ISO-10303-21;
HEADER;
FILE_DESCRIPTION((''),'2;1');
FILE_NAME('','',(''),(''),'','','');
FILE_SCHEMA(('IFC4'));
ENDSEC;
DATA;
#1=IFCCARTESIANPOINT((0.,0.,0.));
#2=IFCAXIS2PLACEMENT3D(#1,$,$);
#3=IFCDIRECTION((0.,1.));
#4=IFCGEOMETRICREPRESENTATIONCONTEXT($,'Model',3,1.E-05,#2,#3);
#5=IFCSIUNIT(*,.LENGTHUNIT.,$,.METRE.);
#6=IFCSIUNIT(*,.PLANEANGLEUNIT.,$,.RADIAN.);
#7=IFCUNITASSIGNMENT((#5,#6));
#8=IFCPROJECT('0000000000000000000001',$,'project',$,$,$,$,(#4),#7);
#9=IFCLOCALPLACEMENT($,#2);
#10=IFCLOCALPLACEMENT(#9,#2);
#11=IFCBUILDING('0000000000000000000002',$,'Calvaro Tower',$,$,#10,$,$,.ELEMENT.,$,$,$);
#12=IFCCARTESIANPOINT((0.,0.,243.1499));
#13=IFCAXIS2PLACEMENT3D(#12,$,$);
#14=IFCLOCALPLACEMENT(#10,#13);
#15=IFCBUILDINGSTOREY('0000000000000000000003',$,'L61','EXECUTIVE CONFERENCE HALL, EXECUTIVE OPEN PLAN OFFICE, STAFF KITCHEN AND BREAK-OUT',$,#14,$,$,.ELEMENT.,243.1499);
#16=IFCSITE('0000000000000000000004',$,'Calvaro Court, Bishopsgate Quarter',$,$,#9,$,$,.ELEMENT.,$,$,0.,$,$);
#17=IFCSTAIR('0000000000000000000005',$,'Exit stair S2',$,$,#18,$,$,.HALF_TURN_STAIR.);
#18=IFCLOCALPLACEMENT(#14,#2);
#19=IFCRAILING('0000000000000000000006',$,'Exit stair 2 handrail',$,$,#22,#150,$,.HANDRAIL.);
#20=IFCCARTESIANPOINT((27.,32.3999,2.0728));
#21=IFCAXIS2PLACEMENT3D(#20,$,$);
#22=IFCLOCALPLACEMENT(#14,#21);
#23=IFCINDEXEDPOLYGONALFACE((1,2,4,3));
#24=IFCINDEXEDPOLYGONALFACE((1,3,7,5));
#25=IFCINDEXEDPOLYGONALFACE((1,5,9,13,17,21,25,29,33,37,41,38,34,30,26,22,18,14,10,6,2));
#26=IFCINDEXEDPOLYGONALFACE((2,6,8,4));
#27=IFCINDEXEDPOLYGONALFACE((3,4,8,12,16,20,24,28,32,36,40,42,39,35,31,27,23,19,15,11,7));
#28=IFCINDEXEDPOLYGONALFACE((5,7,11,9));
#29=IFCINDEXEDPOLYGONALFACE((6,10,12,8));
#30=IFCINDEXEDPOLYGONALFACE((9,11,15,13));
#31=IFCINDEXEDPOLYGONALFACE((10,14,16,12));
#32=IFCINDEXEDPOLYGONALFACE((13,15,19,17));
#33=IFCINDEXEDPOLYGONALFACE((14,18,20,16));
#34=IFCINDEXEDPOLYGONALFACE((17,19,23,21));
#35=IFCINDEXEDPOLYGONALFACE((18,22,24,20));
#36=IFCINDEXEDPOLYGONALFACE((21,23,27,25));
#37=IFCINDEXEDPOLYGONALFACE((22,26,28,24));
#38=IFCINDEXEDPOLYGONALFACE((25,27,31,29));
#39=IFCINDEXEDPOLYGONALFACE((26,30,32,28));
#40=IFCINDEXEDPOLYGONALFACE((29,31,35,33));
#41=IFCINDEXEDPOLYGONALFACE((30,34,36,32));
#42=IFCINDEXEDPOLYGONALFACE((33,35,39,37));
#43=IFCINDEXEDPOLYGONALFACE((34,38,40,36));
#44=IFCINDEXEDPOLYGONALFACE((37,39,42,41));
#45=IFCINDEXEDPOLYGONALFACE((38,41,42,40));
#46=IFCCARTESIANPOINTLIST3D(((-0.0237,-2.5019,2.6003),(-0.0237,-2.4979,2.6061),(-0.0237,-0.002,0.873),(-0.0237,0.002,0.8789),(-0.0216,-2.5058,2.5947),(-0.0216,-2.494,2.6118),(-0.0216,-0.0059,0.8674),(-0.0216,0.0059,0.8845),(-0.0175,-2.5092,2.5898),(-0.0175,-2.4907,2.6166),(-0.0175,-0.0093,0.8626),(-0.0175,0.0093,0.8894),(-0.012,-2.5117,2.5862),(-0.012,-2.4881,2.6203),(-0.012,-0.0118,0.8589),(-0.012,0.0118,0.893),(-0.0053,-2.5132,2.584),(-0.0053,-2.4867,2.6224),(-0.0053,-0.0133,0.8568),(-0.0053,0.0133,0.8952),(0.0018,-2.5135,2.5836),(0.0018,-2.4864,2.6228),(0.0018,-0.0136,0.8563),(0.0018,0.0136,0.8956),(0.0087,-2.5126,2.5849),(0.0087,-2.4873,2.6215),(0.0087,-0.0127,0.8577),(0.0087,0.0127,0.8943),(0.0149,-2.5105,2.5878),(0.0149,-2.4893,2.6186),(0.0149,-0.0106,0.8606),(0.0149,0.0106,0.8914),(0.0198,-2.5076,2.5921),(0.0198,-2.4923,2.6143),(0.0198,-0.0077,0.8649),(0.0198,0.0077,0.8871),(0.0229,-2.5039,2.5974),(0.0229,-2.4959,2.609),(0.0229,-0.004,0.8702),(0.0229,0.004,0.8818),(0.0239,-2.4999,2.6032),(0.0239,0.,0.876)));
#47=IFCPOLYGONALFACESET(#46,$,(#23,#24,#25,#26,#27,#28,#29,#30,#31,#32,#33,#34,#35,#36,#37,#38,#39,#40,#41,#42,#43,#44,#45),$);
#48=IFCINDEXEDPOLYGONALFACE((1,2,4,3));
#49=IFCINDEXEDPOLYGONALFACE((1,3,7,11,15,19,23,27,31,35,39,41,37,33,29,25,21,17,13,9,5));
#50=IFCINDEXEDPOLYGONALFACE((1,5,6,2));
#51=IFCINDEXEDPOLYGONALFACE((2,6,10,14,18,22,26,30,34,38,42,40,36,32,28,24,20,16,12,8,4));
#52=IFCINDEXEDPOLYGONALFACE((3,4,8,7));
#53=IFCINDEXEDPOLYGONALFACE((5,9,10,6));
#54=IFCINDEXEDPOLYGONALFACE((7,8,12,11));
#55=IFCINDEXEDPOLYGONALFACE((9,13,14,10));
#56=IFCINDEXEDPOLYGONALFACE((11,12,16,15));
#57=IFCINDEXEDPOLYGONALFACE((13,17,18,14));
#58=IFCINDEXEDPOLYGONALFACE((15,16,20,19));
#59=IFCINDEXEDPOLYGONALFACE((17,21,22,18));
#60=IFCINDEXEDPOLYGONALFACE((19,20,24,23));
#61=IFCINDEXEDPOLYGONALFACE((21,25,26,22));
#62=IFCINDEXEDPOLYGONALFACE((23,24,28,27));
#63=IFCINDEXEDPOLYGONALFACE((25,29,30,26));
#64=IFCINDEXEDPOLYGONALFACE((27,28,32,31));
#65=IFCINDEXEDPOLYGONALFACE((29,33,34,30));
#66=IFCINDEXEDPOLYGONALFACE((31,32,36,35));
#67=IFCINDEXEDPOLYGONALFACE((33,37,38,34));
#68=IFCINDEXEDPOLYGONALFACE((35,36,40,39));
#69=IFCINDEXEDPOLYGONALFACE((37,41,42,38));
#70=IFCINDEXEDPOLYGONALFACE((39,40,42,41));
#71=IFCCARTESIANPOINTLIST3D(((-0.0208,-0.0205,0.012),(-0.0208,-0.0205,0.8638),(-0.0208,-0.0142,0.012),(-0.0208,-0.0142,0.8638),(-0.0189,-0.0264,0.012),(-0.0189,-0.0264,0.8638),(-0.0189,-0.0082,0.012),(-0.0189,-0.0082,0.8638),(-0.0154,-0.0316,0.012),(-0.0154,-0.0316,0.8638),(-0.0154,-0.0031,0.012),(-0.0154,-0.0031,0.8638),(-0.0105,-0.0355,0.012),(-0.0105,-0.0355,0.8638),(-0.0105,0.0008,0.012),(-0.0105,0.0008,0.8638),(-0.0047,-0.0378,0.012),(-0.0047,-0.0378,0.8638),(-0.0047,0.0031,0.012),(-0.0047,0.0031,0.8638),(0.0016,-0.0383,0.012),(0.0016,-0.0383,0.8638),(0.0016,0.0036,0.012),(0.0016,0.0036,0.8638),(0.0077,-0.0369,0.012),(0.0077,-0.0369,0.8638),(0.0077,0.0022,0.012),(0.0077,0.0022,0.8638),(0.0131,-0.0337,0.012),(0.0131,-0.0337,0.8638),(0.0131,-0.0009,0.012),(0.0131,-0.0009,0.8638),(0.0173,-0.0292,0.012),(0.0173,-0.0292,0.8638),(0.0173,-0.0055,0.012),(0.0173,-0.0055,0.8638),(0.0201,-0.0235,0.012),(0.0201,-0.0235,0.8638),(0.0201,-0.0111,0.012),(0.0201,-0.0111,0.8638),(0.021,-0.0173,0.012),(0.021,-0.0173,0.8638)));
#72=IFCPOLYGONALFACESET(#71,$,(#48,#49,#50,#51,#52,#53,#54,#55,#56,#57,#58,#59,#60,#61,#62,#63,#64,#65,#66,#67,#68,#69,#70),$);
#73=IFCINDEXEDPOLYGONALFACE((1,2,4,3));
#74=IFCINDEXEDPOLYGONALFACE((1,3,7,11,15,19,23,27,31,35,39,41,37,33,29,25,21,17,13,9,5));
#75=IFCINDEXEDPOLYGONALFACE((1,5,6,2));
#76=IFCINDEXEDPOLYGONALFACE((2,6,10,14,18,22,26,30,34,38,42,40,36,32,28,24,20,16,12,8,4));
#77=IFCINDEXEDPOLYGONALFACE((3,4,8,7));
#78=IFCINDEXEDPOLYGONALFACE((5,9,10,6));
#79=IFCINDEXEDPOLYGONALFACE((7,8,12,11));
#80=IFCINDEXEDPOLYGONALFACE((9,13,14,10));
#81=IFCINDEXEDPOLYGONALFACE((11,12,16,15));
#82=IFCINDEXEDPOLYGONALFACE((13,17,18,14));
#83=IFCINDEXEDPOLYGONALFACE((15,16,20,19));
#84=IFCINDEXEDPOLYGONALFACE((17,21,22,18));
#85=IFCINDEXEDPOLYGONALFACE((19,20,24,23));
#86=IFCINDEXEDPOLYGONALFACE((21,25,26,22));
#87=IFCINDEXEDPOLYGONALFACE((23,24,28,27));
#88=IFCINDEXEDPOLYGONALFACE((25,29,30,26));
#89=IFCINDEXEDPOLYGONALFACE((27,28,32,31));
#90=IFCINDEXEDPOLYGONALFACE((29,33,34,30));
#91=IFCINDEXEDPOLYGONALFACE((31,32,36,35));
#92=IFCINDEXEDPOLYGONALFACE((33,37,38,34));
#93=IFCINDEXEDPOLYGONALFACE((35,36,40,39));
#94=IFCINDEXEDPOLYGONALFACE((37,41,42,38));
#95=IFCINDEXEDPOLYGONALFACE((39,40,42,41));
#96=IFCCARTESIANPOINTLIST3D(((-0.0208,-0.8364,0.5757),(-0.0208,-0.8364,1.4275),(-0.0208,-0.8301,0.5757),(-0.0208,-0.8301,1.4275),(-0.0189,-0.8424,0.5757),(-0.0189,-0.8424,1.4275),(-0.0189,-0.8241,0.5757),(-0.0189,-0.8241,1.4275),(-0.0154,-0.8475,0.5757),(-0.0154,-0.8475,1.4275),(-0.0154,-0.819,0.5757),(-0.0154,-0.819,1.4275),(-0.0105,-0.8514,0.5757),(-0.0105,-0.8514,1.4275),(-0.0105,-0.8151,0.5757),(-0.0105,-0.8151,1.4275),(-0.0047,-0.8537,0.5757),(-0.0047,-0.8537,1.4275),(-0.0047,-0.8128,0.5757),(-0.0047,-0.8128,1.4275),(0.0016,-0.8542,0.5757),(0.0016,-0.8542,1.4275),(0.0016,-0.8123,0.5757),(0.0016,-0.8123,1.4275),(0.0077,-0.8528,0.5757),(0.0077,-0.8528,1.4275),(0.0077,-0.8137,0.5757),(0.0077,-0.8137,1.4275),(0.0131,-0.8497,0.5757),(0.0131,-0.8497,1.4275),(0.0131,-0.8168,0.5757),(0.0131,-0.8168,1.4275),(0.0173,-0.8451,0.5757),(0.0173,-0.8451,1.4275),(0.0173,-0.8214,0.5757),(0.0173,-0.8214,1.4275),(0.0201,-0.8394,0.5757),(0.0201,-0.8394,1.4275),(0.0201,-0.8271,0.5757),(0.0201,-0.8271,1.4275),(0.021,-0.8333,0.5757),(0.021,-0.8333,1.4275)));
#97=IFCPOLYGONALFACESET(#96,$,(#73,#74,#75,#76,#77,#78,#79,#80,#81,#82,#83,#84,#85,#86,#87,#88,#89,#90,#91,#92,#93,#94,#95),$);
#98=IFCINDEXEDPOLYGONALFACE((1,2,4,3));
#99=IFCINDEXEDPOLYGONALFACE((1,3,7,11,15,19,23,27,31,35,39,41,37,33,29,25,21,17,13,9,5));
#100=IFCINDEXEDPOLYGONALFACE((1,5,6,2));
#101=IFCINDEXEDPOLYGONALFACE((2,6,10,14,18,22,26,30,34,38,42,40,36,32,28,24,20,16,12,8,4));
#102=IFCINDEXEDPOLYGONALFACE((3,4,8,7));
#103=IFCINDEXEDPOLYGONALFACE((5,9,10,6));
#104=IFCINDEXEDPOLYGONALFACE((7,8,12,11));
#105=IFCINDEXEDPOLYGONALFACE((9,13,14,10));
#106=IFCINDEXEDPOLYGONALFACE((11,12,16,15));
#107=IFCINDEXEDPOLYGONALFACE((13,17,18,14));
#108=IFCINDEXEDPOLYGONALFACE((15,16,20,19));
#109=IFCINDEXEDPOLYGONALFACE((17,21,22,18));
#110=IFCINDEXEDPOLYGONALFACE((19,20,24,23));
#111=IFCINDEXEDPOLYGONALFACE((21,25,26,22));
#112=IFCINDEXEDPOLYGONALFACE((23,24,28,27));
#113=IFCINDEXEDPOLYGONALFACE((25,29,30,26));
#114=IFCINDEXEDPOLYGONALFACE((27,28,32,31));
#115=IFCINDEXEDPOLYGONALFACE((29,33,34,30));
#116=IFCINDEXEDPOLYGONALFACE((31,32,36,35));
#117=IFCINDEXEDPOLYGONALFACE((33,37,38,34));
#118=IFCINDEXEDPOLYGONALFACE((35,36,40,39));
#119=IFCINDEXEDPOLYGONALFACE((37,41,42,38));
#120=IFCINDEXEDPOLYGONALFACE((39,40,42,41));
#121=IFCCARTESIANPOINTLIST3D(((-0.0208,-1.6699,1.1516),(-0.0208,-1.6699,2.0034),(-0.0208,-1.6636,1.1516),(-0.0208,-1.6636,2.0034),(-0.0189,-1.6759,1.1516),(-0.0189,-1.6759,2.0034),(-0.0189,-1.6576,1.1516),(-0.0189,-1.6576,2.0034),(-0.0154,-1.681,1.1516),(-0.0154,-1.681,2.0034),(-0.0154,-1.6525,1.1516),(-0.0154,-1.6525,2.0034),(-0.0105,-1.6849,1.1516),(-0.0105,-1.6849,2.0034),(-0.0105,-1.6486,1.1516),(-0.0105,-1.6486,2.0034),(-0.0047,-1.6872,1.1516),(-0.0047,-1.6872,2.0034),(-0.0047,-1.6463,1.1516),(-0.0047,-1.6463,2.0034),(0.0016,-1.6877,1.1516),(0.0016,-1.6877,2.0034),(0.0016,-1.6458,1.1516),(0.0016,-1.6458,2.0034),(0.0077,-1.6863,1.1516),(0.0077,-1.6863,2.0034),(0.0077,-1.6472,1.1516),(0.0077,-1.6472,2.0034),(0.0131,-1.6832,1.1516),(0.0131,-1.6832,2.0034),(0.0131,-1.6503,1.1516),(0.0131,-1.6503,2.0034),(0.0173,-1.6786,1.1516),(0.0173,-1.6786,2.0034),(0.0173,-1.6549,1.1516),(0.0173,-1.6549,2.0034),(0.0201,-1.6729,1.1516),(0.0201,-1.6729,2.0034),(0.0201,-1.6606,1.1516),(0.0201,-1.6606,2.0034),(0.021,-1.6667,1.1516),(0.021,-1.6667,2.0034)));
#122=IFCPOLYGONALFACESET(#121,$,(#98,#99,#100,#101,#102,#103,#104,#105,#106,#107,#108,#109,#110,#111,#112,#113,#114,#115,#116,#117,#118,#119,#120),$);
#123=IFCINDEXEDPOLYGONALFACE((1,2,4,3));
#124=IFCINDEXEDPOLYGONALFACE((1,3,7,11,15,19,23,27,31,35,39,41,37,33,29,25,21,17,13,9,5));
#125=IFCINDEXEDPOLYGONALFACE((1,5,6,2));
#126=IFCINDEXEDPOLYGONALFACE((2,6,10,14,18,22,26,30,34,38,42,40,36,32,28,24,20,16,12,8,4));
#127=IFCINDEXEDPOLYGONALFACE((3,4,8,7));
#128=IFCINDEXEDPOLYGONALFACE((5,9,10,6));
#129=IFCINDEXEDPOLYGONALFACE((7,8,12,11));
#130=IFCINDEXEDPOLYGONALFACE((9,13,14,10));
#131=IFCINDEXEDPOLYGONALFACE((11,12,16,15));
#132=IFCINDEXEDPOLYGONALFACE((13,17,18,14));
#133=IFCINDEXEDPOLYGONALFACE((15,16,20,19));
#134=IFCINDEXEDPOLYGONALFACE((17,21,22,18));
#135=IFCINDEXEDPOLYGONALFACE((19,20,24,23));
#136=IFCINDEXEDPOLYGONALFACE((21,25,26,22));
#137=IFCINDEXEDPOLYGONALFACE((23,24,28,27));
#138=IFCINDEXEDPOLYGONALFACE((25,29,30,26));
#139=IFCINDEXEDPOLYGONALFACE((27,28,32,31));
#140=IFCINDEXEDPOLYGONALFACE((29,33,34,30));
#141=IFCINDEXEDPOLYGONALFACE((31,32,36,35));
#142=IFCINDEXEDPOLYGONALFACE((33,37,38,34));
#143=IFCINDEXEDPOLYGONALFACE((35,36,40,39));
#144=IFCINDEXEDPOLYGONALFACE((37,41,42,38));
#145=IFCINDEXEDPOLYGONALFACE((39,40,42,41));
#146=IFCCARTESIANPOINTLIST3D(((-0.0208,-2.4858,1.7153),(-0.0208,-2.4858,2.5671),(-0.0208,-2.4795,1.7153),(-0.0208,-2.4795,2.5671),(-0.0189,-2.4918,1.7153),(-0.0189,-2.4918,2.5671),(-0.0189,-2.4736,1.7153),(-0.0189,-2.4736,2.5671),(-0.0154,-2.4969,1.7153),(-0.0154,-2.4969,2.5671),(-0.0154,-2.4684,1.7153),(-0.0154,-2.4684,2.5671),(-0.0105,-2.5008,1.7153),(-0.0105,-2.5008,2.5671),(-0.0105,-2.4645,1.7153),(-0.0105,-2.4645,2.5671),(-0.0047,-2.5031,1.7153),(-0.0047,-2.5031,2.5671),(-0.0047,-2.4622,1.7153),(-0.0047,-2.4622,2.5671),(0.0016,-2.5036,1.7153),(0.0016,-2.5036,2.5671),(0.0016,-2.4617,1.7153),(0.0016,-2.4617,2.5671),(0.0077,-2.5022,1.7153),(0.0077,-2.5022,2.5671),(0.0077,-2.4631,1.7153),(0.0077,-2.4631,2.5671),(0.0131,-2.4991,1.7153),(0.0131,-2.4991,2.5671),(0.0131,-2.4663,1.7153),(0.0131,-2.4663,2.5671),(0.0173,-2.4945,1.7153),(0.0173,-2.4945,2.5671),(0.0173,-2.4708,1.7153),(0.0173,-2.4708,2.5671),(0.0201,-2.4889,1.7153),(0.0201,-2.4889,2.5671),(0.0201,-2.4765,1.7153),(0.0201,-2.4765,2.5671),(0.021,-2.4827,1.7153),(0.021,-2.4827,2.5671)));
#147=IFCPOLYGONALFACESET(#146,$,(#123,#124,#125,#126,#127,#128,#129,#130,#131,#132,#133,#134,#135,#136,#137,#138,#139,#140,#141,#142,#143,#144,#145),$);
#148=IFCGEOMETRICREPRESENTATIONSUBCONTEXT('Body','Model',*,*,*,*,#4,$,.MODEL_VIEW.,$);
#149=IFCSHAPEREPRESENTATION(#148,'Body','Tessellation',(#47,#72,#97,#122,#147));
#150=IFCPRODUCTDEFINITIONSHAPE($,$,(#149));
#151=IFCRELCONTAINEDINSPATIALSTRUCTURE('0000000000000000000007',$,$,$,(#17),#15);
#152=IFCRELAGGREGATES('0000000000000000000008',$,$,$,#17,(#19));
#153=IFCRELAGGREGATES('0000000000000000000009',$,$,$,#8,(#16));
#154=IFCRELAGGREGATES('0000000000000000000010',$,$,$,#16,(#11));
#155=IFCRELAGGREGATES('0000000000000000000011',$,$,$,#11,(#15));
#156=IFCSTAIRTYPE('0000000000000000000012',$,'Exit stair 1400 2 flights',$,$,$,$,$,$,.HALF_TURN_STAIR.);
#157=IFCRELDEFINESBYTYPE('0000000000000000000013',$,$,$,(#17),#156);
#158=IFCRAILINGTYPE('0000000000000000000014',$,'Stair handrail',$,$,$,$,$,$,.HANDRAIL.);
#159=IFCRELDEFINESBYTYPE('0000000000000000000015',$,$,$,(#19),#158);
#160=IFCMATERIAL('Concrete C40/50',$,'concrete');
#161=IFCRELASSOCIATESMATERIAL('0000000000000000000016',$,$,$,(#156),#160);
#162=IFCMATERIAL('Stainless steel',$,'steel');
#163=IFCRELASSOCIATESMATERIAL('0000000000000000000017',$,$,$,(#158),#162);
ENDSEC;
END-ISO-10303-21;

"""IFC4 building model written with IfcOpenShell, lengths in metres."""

from ifc_helpers import new_model, si_unit, direction, frame, origin, origin_2d, place, context, subcontext, project, spatial, circle, extrude, material, type_object, element, aggregate, save


model = new_model("IFC4")

# Units and contexts
model_context = context("Model", 3, precision=1e-05, world=origin(), true_north=direction((0.0, 1.0)))
body_context = subcontext(model_context, "Body", "Model", "MODEL_VIEW")
ifc_project = project(units=[si_unit("LENGTHUNIT", "METRE"), si_unit("PLANEANGLEUNIT", "RADIAN")], contexts=[model_context])

# Site, building, storey
site_placement = place(None, origin())
site = spatial("IfcSite", under=ifc_project, at=site_placement, Name="Calvaro Court, Bishopsgate Quarter", CompositionType="ELEMENT", RefElevation=0.0)
building_placement = place(site_placement, origin())
building = spatial("IfcBuilding", under=site, at=building_placement, Name="Calvaro Tower", CompositionType="ELEMENT")
storey_placement = place(building_placement, frame((0.0, 0.0, 243.1499)))
storey = spatial("IfcBuildingStorey", under=building, at=storey_placement, Name="L61", Description="EXECUTIVE CONFERENCE HALL, EXECUTIVE OPEN PLAN OFFICE, STAFF KITCHEN AND BREAK-OUT", CompositionType="ELEMENT", Elevation=243.1499)

# Stair, railing
ifc_material_1 = material(Name="Concrete C40/50", Category="concrete")
stair_type = type_object("IfcStairType", Name="Exit stair 1400 2 flights", PredefinedType="HALF_TURN_STAIR", material=ifc_material_1)
stair_placement = place(storey_placement, origin())
stair = element("IfcStair", 1, at=stair_placement, inside=storey, type_object=stair_type, Name="Exit stair S2", PredefinedType="HALF_TURN_STAIR")
ifc_material_2 = material(Name="Stainless steel", Category="steel")
railing_type = type_object("IfcRailingType", Name="Stair handrail", PredefinedType="HANDRAIL", material=ifc_material_2)
railing_1_placement = place(storey_placement, frame((27.0, 32.3999, 2.0728)))
railing_1 = element("IfcRailing", 2, at=railing_1_placement, type_object=railing_type, Name="Exit stair 2 handrail", PredefinedType="HANDRAIL", context=body_context, shape_type="SweptSolid", body=[
    extrude(circle(Radius=0.0239, at=origin_2d()), frame((0.0, 0.0, 0.876), z_axis=(0.0, -0.822727, 0.568437), x_axis=(1.0, 0.0, 0.0)), (0.0, 0.0, 1.0), 3.0386),
    extrude(circle(Radius=0.021, at=origin_2d()), frame((0.0, -0.0173, 0.012)), (0.0, 0.0, 1.0), 0.8518),
    extrude(circle(Radius=0.021, at=origin_2d()), frame((0.0, -0.8333, 0.5757)), (0.0, 0.0, 1.0), 0.8518),
    extrude(circle(Radius=0.021, at=origin_2d()), frame((0.0, -1.6667, 1.1516)), (0.0, 0.0, 1.0), 0.8518),
    extrude(circle(Radius=0.021, at=origin_2d()), frame((0.0, -2.4827, 1.7153)), (0.0, 0.0, 1.0), 0.8518),
])
aggregate(stair, [railing_1])

save(model, "model.ifc")
